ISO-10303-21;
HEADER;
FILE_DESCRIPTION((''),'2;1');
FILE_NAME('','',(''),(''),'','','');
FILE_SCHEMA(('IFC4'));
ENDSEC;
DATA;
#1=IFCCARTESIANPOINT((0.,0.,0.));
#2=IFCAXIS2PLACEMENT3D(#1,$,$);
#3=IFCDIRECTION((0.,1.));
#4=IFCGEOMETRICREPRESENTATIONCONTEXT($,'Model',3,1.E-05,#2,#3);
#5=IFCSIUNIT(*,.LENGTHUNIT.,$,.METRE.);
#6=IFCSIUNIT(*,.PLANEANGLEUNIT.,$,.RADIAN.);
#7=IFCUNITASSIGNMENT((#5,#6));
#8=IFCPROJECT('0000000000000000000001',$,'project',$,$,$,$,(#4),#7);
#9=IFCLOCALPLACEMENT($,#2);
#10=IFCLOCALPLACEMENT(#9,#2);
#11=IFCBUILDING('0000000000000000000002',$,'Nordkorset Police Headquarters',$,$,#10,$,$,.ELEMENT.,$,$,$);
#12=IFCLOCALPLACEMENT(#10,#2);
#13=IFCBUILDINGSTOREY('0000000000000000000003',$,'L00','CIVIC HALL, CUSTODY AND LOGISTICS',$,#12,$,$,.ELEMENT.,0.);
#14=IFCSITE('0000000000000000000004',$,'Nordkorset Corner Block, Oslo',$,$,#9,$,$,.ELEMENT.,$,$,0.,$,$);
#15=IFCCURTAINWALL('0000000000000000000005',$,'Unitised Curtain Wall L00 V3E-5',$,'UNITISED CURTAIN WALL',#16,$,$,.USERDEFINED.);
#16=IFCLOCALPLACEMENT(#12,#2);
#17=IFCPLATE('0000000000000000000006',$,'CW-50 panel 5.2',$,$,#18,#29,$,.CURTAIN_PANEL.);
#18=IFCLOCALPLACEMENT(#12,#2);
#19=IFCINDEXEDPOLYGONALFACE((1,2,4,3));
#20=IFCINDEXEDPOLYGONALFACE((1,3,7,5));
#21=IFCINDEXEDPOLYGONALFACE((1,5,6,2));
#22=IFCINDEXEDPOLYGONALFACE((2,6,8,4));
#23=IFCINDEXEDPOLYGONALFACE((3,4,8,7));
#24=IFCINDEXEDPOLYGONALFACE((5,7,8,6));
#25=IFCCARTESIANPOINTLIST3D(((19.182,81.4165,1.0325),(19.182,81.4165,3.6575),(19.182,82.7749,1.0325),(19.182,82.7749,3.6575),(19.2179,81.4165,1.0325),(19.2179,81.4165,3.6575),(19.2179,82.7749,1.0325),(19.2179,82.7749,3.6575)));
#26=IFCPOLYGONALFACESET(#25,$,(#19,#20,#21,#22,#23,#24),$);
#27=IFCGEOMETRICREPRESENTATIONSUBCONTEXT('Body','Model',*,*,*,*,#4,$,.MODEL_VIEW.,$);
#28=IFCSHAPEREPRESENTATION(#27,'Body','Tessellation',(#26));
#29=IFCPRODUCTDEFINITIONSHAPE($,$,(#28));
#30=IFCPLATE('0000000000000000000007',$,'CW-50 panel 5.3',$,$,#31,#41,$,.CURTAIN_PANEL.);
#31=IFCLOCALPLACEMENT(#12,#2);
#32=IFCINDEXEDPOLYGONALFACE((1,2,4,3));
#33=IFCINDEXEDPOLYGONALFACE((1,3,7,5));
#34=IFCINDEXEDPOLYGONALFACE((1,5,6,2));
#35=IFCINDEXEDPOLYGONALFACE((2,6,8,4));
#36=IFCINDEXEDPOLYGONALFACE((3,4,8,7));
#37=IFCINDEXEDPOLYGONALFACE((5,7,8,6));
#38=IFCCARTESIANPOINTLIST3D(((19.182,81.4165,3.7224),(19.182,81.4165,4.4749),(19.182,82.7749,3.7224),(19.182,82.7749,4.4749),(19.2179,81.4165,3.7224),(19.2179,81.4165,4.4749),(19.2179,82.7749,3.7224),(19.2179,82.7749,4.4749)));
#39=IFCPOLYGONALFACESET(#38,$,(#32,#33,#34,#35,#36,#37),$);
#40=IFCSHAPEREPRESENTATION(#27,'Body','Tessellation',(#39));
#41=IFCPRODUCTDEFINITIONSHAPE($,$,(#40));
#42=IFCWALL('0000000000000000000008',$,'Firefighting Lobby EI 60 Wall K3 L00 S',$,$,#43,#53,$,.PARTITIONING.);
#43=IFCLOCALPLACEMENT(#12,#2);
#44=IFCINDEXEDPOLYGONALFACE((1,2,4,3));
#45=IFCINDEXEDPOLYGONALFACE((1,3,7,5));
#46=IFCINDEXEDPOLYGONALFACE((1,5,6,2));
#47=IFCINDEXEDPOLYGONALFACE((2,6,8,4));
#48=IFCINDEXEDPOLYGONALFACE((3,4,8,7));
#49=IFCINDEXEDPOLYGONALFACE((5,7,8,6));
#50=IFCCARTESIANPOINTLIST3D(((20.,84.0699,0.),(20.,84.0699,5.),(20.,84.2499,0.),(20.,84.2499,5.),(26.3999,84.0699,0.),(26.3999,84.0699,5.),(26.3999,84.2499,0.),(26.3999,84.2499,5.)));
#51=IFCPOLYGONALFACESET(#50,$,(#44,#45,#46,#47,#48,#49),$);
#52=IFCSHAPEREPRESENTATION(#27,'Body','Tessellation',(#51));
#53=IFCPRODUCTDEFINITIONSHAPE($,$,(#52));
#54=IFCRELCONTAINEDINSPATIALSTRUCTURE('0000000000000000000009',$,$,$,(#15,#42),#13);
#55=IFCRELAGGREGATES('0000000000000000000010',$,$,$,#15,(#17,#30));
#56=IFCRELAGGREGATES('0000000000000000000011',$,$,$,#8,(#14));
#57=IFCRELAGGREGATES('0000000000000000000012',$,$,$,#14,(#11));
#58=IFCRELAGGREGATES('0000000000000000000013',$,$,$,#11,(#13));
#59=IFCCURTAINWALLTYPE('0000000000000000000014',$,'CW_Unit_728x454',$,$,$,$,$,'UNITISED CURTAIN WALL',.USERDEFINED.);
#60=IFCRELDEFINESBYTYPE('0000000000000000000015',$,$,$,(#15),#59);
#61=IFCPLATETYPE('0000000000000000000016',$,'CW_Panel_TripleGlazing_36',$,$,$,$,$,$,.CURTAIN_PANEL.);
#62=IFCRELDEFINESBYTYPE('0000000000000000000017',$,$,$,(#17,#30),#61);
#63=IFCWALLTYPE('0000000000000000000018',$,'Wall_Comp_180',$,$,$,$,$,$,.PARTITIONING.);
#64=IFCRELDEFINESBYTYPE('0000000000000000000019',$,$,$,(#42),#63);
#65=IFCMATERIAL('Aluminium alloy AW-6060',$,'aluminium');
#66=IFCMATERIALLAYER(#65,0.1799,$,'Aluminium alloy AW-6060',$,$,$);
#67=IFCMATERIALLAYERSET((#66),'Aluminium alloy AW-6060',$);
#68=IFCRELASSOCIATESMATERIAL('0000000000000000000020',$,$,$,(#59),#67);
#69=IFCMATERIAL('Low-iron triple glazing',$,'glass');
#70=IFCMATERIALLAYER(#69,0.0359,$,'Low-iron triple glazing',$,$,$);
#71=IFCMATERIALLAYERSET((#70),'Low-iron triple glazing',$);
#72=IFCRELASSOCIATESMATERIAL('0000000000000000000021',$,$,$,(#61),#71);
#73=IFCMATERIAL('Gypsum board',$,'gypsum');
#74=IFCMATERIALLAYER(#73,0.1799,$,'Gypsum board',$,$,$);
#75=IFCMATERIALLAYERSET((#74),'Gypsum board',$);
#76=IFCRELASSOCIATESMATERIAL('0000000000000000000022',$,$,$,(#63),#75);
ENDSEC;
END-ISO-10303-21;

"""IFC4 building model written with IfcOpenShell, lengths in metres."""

from ifc_helpers import new_model, si_unit, direction, frame, frame_2d, origin, origin_2d, place, context, subcontext, project, spatial, rectangle, extrude, material, layer, layer_set, type_object, element, aggregate, save


model = new_model("IFC4")

# Units and contexts
model_context = context("Model", 3, precision=1e-05, world=origin(), true_north=direction((0.0, 1.0)))
body_context = subcontext(model_context, "Body", "Model", "MODEL_VIEW")
ifc_project = project(units=[si_unit("LENGTHUNIT", "METRE"), si_unit("PLANEANGLEUNIT", "RADIAN")], contexts=[model_context])

# Site, building, storey
site_placement = place(None, origin())
site = spatial("IfcSite", under=ifc_project, at=site_placement, Name="Nordkorset Corner Block, Oslo", CompositionType="ELEMENT", RefElevation=0.0)
building_placement = place(site_placement, origin())
building = spatial("IfcBuilding", under=site, at=building_placement, Name="Nordkorset Police Headquarters", CompositionType="ELEMENT")
storey_placement = place(building_placement, origin())
storey = spatial("IfcBuildingStorey", under=building, at=storey_placement, Name="L00", Description="CIVIC HALL, CUSTODY AND LOGISTICS", CompositionType="ELEMENT", Elevation=0.0)

# Curtain wall
ifc_material_1 = material(Name="Aluminium alloy AW-6060", Category="aluminium")
ifc_layer_1 = layer(ifc_material_1, 0.1799, Name="Aluminium alloy AW-6060")
ifc_layer_set_1 = layer_set([ifc_layer_1], Name="Aluminium alloy AW-6060")
curtain_wall_type_1 = type_object("IfcCurtainWallType", Name="CW_Unit_728x454", ElementType="UNITISED CURTAIN WALL", PredefinedType="USERDEFINED", material=ifc_layer_set_1)
curtain_wall_1_placement = place(storey_placement, origin())
curtain_wall_1 = element("IfcCurtainWall", 1, at=curtain_wall_1_placement, inside=storey, type_object=curtain_wall_type_1, Name="Unitised Curtain Wall L00 V3E-5", ObjectType="UNITISED CURTAIN WALL", PredefinedType="USERDEFINED")

# Plates
ifc_material_2 = material(Name="Low-iron triple glazing", Category="glass")
ifc_layer_2 = layer(ifc_material_2, 0.0359, Name="Low-iron triple glazing")
ifc_layer_set_2 = layer_set([ifc_layer_2], Name="Low-iron triple glazing")
plate_type = type_object("IfcPlateType", Name="CW_Panel_TripleGlazing_36", PredefinedType="CURTAIN_PANEL", material=ifc_layer_set_2)
plate_1_placement = place(storey_placement, frame((19.2, 82.0957, 1.0325), z_axis=(0.0, 0.0, 1.0), x_axis=(0.0, 1.0, 0.0)))
plate_1 = element("IfcPlate", 2, at=plate_1_placement, type_object=plate_type, Name="CW-50 panel 5.2", PredefinedType="CURTAIN_PANEL", context=body_context, shape_type="SweptSolid", body=[
    extrude(rectangle(XDim=1.3584, YDim=0.0359, at=origin_2d()), origin(), (0.0, 0.0, 1.0), 2.625),
])
plate_2_placement = place(storey_placement, frame((19.2, 82.0957, 3.7224), z_axis=(0.0, 0.0, 1.0), x_axis=(0.0, 1.0, 0.0)))
plate_2 = element("IfcPlate", 3, at=plate_2_placement, type_object=plate_type, Name="CW-50 panel 5.3", PredefinedType="CURTAIN_PANEL", context=body_context, shape_type="SweptSolid", body=[
    extrude(rectangle(XDim=1.3584, YDim=0.0359, at=origin_2d()), origin(), (0.0, 0.0, 1.0), 0.7524),
])
aggregate(curtain_wall_1, [plate_1, plate_2])

# Wall
ifc_material_3 = material(Name="Gypsum board", Category="gypsum")
ifc_layer_3 = layer(ifc_material_3, 0.1799, Name="Gypsum board")
ifc_layer_set_3 = layer_set([ifc_layer_3], Name="Gypsum board")
wall_type = type_object("IfcWallType", Name="Wall_Comp_180", PredefinedType="PARTITIONING", material=ifc_layer_set_3)
wall_placement = place(storey_placement, frame((20.0, 84.1599, 0.0), z_axis=(0.0, 0.0, 1.0), x_axis=(1.0, 0.0, 0.0)))
element("IfcWall", 4, at=wall_placement, inside=storey, type_object=wall_type, Name="Firefighting Lobby EI 60 Wall K3 L00 S", PredefinedType="PARTITIONING", context=body_context, shape_type="SweptSolid", body=[
    extrude(rectangle(XDim=6.3999, YDim=0.1799, at=frame_2d((3.2, 0.0))), origin(), (0.0, 0.0, 1.0), 5.0),
])

save(model, "model.ifc")
